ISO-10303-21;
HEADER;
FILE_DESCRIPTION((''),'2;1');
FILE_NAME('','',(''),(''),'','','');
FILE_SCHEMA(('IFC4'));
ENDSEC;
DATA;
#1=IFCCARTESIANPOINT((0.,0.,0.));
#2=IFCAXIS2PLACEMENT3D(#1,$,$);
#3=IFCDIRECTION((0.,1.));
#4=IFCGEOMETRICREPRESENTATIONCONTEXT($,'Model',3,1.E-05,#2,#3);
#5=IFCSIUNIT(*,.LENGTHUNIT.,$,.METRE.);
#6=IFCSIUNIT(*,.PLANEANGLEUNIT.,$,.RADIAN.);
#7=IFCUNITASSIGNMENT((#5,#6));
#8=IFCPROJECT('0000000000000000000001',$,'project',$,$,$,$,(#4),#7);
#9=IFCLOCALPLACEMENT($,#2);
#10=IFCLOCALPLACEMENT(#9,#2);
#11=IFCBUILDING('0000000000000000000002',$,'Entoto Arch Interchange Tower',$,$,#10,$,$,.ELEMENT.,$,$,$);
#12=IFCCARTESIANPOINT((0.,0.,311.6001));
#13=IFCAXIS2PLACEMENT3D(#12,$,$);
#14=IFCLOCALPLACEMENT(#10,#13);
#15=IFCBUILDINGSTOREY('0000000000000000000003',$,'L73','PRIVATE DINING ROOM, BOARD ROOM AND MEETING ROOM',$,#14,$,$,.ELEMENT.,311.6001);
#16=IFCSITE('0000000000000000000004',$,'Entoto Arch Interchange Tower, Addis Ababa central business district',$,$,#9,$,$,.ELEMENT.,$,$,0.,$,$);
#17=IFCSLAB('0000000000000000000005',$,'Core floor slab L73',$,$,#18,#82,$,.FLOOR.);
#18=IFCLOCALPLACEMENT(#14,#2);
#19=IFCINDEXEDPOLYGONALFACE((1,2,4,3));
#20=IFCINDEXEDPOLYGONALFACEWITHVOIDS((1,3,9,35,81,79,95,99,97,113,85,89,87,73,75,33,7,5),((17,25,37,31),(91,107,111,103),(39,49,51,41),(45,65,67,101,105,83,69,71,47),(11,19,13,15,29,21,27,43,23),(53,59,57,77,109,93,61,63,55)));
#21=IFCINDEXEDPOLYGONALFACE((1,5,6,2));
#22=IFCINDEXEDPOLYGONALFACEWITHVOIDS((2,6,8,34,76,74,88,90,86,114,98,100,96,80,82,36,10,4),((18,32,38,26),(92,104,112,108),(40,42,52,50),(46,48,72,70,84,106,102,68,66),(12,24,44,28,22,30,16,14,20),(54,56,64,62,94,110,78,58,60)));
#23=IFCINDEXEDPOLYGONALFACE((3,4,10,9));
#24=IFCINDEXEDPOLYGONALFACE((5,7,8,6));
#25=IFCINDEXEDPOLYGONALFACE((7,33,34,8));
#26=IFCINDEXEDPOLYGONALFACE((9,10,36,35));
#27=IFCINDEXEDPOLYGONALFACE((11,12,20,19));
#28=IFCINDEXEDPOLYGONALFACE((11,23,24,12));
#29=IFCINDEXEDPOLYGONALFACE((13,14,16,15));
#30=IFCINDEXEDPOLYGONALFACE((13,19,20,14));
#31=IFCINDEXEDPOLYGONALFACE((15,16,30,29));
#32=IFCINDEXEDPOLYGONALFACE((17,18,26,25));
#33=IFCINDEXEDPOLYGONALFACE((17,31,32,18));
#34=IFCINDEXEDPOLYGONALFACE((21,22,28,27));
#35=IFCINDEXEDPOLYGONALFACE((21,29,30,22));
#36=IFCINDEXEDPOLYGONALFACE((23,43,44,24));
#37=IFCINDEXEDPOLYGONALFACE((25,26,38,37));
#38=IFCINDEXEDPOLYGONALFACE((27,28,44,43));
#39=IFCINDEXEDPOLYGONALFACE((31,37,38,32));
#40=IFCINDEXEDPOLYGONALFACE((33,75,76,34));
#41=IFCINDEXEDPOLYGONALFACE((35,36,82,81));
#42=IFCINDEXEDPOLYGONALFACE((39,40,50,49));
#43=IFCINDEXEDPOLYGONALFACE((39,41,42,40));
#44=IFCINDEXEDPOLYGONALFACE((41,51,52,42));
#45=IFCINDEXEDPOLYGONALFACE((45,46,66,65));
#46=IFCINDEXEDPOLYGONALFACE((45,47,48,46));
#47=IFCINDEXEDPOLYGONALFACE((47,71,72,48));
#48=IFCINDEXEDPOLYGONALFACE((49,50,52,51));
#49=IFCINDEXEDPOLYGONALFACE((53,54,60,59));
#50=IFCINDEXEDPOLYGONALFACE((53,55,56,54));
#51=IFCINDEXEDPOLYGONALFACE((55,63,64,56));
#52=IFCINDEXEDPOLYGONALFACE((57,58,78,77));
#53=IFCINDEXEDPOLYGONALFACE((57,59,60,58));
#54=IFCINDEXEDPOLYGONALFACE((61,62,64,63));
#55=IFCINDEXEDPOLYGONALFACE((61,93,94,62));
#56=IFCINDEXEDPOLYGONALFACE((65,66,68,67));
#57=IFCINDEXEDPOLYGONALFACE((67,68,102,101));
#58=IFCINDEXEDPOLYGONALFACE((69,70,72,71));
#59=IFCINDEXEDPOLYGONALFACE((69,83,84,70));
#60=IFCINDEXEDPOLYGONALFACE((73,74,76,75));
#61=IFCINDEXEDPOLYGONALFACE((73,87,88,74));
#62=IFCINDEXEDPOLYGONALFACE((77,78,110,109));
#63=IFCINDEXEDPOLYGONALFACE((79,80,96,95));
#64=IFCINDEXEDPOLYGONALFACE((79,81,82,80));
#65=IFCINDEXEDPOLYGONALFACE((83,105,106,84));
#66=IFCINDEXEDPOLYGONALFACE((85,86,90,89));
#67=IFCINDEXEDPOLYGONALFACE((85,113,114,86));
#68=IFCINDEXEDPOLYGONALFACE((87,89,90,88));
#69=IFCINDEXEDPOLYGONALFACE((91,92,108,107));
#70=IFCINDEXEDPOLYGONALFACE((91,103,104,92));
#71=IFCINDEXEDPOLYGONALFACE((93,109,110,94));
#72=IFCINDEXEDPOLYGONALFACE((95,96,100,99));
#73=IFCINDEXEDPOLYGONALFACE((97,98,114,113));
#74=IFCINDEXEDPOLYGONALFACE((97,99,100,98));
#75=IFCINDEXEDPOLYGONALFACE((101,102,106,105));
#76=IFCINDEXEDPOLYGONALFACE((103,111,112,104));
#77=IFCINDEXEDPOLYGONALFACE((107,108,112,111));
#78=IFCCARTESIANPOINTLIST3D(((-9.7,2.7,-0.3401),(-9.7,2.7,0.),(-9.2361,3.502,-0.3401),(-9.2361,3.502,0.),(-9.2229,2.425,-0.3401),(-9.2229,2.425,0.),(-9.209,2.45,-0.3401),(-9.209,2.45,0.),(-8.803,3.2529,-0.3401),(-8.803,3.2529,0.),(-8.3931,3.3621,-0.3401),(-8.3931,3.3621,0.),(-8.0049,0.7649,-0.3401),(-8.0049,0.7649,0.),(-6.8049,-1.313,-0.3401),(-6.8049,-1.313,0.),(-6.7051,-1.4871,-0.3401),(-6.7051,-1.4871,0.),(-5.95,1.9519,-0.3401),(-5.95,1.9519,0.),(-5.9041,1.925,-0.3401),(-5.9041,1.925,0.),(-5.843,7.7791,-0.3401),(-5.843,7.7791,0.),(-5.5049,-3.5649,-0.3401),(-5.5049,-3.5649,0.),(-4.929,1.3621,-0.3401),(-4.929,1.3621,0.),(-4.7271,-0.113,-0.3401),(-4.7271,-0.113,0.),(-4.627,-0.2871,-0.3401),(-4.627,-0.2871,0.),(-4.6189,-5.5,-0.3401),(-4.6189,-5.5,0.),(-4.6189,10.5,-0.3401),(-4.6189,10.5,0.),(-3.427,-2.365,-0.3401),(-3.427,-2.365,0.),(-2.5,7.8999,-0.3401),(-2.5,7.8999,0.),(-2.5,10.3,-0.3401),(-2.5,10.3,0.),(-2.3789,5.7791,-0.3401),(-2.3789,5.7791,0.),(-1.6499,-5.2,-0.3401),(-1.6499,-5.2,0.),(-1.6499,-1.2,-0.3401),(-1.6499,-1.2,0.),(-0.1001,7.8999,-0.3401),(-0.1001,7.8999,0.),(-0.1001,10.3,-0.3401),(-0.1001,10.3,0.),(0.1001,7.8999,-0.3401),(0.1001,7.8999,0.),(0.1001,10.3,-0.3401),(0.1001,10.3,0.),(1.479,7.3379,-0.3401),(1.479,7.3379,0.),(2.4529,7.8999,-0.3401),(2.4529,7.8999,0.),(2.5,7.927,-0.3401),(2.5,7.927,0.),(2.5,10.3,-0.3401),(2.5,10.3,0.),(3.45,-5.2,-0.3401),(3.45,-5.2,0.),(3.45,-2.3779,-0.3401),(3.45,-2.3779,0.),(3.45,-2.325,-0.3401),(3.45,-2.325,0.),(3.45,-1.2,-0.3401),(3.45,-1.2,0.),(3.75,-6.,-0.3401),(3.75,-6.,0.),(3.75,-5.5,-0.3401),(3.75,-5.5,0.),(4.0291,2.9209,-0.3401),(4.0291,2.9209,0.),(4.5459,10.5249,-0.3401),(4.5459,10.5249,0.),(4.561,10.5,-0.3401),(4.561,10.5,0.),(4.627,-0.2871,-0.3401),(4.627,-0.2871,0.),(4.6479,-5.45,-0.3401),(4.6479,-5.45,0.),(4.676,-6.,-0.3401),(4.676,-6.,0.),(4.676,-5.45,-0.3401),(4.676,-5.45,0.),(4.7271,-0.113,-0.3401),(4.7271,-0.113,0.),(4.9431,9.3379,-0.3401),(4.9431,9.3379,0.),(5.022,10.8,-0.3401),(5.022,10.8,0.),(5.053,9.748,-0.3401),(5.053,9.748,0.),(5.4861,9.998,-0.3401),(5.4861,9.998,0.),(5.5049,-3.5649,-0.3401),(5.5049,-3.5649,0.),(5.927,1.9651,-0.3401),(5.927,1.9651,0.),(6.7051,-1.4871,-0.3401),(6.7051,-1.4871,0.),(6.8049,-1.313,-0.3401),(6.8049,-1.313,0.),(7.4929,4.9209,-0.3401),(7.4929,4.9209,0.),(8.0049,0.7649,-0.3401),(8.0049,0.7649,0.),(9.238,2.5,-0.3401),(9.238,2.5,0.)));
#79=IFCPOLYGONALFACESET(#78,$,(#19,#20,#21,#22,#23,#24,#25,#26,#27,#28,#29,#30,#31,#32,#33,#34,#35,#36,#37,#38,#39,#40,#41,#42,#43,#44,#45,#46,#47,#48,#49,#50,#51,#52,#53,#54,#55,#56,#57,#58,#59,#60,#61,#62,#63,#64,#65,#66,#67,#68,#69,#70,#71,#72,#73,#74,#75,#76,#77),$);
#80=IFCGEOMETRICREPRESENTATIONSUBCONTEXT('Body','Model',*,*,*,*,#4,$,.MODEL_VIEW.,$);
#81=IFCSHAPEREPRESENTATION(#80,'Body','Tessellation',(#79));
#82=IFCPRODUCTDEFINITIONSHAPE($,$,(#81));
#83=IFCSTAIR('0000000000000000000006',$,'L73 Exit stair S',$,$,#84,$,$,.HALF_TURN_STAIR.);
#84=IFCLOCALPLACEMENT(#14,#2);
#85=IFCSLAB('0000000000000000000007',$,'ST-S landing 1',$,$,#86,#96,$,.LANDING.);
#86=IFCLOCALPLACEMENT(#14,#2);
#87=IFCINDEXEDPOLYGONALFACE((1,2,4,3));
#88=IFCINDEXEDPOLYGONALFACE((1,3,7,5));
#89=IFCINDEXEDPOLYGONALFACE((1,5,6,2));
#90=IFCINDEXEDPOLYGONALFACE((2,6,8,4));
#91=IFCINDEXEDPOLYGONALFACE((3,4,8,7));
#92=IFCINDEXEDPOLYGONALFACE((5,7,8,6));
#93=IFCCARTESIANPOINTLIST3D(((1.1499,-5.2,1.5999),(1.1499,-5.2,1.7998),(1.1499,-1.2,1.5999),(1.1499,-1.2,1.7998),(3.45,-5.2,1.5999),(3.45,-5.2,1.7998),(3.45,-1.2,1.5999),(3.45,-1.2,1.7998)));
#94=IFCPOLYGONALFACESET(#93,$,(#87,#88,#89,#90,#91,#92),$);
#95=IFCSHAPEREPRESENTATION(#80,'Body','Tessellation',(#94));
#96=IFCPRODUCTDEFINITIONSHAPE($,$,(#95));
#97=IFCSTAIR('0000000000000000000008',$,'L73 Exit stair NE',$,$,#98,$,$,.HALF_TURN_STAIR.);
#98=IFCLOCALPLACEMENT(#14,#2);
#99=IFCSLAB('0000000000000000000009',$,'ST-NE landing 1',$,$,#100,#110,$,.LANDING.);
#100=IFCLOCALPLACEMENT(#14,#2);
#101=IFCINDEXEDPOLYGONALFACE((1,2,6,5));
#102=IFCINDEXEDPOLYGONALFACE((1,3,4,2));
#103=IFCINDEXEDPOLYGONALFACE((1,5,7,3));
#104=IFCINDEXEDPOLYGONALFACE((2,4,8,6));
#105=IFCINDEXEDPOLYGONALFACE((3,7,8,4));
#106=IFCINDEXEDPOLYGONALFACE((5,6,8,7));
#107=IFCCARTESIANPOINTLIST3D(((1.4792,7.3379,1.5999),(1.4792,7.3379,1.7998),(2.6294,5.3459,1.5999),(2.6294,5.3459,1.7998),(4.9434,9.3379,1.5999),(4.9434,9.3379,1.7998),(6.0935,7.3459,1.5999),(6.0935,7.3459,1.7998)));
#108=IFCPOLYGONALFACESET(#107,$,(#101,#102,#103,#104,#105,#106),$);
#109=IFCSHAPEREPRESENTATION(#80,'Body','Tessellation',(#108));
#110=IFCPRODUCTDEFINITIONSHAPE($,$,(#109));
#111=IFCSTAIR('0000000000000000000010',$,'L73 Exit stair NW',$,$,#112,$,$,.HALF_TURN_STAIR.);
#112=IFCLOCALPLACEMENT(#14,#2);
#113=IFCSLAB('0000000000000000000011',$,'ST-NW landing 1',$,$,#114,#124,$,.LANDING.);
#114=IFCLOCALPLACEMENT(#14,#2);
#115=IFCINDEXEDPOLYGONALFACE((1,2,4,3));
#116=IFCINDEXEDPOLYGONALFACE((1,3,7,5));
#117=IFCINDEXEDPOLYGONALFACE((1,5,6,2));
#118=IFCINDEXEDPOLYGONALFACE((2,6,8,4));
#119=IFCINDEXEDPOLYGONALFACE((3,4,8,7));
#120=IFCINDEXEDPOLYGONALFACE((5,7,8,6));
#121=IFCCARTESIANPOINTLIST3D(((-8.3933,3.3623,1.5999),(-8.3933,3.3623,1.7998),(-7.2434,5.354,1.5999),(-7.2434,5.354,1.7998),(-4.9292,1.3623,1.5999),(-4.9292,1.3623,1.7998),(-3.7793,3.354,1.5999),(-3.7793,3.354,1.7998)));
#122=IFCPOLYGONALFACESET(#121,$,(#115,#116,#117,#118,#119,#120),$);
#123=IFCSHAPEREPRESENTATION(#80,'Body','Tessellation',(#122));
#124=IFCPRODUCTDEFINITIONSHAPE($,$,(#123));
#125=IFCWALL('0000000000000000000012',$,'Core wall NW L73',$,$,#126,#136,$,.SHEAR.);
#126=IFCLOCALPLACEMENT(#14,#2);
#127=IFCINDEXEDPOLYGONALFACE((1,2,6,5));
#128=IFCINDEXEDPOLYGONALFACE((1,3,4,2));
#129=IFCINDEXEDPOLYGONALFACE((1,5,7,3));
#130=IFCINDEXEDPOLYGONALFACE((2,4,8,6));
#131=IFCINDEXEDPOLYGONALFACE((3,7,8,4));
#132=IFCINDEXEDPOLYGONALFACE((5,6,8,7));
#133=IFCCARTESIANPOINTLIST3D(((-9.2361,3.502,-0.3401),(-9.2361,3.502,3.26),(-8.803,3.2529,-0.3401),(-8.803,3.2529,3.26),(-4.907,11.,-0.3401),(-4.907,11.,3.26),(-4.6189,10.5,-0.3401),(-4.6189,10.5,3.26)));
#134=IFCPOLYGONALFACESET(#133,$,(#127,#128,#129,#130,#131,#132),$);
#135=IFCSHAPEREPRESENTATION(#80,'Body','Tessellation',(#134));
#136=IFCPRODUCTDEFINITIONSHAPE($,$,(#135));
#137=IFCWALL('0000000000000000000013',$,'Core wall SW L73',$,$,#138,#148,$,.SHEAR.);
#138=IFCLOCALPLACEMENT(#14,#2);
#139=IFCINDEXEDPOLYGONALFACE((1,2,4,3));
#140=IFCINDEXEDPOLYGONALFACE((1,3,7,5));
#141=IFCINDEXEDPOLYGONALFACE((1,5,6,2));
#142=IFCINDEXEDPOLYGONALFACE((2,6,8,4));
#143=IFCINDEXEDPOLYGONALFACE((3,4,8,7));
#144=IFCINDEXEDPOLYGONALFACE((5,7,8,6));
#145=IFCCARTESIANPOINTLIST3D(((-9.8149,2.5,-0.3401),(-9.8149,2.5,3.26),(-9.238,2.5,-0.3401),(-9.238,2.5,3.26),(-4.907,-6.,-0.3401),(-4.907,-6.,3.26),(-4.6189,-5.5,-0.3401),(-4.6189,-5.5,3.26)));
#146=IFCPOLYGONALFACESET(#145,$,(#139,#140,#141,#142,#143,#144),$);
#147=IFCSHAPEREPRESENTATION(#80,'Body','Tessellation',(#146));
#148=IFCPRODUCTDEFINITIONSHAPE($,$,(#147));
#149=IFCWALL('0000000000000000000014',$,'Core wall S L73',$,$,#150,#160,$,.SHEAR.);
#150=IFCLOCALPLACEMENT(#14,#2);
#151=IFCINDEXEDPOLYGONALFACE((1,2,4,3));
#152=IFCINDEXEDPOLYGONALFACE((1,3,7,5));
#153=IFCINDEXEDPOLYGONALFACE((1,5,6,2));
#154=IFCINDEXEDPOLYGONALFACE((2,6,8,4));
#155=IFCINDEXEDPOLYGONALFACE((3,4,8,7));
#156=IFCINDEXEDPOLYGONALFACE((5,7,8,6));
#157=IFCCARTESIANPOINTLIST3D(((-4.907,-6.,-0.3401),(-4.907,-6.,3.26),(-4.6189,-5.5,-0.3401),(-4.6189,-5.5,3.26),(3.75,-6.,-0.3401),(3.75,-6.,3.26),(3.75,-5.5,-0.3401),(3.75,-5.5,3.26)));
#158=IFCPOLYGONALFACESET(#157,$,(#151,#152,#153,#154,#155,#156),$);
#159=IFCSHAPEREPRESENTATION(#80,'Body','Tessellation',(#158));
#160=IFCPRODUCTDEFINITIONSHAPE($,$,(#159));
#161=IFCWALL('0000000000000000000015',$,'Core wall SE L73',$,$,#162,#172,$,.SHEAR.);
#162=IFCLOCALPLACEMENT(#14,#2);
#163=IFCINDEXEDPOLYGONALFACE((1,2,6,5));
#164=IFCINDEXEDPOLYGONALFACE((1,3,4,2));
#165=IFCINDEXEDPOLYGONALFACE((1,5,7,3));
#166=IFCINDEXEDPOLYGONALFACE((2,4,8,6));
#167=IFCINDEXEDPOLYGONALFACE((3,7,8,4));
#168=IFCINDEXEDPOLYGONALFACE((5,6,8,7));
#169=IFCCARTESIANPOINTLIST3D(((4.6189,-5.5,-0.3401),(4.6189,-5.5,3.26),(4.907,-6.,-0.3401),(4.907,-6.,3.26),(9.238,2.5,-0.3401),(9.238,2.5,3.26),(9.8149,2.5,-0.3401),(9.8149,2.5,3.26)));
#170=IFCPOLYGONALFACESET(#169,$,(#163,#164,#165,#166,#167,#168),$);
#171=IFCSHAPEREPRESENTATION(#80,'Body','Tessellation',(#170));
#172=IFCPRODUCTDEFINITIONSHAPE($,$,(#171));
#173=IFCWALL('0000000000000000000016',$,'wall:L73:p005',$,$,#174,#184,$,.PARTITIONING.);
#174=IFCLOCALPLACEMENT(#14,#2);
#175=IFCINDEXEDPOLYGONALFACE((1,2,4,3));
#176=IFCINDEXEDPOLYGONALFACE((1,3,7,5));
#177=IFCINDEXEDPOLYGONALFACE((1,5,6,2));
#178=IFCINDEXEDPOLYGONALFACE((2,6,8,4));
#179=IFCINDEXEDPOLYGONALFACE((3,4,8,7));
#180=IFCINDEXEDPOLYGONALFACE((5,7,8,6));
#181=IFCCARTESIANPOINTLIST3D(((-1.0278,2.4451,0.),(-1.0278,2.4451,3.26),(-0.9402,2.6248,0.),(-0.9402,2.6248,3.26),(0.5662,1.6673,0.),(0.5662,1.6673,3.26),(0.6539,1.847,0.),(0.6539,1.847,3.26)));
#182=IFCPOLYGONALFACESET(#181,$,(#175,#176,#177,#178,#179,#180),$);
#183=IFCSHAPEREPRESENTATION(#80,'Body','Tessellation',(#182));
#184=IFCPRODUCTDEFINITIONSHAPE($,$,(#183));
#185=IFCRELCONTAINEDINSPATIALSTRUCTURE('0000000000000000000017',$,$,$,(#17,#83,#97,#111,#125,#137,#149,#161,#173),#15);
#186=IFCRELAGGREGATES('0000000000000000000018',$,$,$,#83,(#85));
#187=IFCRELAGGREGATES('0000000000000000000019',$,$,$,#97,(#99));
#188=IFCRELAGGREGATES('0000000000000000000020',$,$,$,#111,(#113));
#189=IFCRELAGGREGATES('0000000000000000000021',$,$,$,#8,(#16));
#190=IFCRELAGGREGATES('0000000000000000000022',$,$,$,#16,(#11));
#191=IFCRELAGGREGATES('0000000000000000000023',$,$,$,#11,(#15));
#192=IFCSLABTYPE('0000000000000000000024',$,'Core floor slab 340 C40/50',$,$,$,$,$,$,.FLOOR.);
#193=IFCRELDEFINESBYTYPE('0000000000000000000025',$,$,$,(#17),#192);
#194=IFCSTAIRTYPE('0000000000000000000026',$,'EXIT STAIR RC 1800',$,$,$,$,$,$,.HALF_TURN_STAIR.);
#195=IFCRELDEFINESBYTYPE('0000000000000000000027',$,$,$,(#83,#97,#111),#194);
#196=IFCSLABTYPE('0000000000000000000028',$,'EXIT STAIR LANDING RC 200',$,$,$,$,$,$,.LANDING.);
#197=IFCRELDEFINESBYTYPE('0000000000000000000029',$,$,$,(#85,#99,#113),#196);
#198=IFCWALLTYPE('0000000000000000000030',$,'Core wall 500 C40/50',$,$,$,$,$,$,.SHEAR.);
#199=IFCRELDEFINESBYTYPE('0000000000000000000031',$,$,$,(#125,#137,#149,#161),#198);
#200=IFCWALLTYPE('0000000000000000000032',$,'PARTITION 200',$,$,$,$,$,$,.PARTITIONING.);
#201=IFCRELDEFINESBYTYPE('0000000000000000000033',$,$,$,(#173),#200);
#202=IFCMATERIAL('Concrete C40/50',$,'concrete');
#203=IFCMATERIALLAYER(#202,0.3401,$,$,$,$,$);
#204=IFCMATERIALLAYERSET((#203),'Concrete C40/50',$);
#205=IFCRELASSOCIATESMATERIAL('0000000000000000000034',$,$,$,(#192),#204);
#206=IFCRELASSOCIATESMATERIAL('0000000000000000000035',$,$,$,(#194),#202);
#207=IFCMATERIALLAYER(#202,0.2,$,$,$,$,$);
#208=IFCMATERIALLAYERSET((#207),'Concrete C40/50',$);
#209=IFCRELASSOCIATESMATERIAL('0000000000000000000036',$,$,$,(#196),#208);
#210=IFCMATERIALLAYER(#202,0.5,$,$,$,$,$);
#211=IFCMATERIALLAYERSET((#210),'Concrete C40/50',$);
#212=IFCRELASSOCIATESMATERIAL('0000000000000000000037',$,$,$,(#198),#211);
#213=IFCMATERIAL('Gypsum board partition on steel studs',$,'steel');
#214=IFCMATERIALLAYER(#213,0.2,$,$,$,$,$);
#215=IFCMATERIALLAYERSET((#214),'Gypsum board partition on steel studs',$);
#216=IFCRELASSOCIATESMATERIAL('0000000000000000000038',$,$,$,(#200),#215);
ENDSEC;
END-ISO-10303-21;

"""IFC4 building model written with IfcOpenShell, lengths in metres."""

from ifc_helpers import new_model, si_unit, direction, frame, frame_2d, origin, place, context, subcontext, project, spatial, polyline, rectangle, outline, extrude, material, layer, layer_set, type_object, element, aggregate, save


model = new_model("IFC4")

# Units and contexts
model_context = context("Model", 3, precision=1e-05, world=origin(), true_north=direction((0.0, 1.0)))
body_context = subcontext(model_context, "Body", "Model", "MODEL_VIEW")
ifc_project = project(units=[si_unit("LENGTHUNIT", "METRE"), si_unit("PLANEANGLEUNIT", "RADIAN")], contexts=[model_context])

# Site, building, storey
site_placement = place(None, origin())
site = spatial("IfcSite", under=ifc_project, at=site_placement, Name="Entoto Arch Interchange Tower, Addis Ababa central business district", CompositionType="ELEMENT", RefElevation=0.0)
building_placement = place(site_placement, origin())
building = spatial("IfcBuilding", under=site, at=building_placement, Name="Entoto Arch Interchange Tower", CompositionType="ELEMENT")
storey_placement = place(building_placement, frame((0.0, 0.0, 311.6001)))
storey = spatial("IfcBuildingStorey", under=building, at=storey_placement, Name="L73", Description="PRIVATE DINING ROOM, BOARD ROOM AND MEETING ROOM", CompositionType="ELEMENT", Elevation=311.6001)

# Slab
ifc_material_1 = material(Name="Concrete C40/50", Category="concrete")
ifc_layer_1 = layer(ifc_material_1, 0.3401)
ifc_layer_set_1 = layer_set([ifc_layer_1], Name="Concrete C40/50")
slab_type_1 = type_object("IfcSlabType", Name="Core floor slab 340 C40/50", PredefinedType="FLOOR", material=ifc_layer_set_1)
slab_1_placement = place(storey_placement, frame((0.0, 0.0, -0.3401)))
element("IfcSlab", 1, at=slab_1_placement, inside=storey, type_object=slab_type_1, Name="Core floor slab L73", PredefinedType="FLOOR", context=body_context, shape_type="SweptSolid", body=[
    extrude(outline(polyline([(-9.209, 2.45), (-9.2229, 2.425), (-9.7, 2.7), (-9.2361, 3.502), (-8.803, 3.2529), (-4.6189, 10.5), (4.561, 10.5), (4.5459, 10.5249), (5.022, 10.8), (5.4861, 9.998), (5.053, 9.748), (9.238, 2.5), (4.6479, -5.45), (4.676, -5.45), (4.676, -6.0), (3.75, -6.0), (3.75, -5.5), (-4.6189, -5.5), (-9.209, 2.45)]), holes=[polyline([(-1.6499, -5.2), (3.45, -5.2), (3.45, -2.3779), (5.5049, -3.5649), (6.7051, -1.4871), (4.627, -0.2871), (3.45, -2.325), (3.45, -1.2), (-1.6499, -1.2), (-1.6499, -5.2)]), polyline([(-4.627, -0.2871), (-6.7051, -1.4871), (-5.5049, -3.5649), (-3.427, -2.365), (-4.627, -0.2871)]), polyline([(-5.9041, 1.925), (-4.929, 1.3621), (-2.3789, 5.7791), (-5.843, 7.7791), (-8.3931, 3.3621), (-5.95, 1.9519), (-8.0049, 0.7649), (-6.8049, -1.313), (-4.7271, -0.113), (-5.9041, 1.925)]), polyline([(4.7271, -0.113), (6.8049, -1.313), (8.0049, 0.7649), (5.927, 1.9651), (4.7271, -0.113)]), polyline([(2.5, 7.927), (2.5, 10.3), (0.1001, 10.3), (0.1001, 7.8999), (2.4529, 7.8999), (1.479, 7.3379), (4.0291, 2.9209), (7.4929, 4.9209), (4.9431, 9.3379), (2.5, 7.927)]), polyline([(-2.5, 7.8999), (-0.1001, 7.8999), (-0.1001, 10.3), (-2.5, 10.3), (-2.5, 7.8999)])]), origin(), (0.0, 0.0, 1.0), 0.3401),
])

# Stairs, slabs
stair_type = type_object("IfcStairType", Name="EXIT STAIR RC 1800", PredefinedType="HALF_TURN_STAIR", material=ifc_material_1)
stair_1_placement = place(storey_placement, origin())
stair_1 = element("IfcStair", 2, at=stair_1_placement, inside=storey, type_object=stair_type, Name="L73 Exit stair S", PredefinedType="HALF_TURN_STAIR")
ifc_layer_2 = layer(ifc_material_1, 0.2)
ifc_layer_set_2 = layer_set([ifc_layer_2], Name="Concrete C40/50")
slab_type_2 = type_object("IfcSlabType", Name="EXIT STAIR LANDING RC 200", PredefinedType="LANDING", material=ifc_layer_set_2)
slab_2_placement = place(storey_placement, frame((0.0, 0.0, 1.5999)))
slab_2 = element("IfcSlab", 3, at=slab_2_placement, type_object=slab_type_2, Name="ST-S landing 1", PredefinedType="LANDING", context=body_context, shape_type="SweptSolid", body=[
    extrude(outline(polyline([(1.1499, -5.2), (3.45, -5.2), (3.45, -1.2), (1.1499, -1.2), (1.1499, -5.2)])), origin(), (0.0, 0.0, 1.0), 0.2),
])
aggregate(stair_1, [slab_2])
stair_2_placement = place(storey_placement, origin())
stair_2 = element("IfcStair", 4, at=stair_2_placement, inside=storey, type_object=stair_type, Name="L73 Exit stair NE", PredefinedType="HALF_TURN_STAIR")
slab_3_placement = place(storey_placement, frame((0.0, 0.0, 1.5999)))
slab_3 = element("IfcSlab", 5, at=slab_3_placement, type_object=slab_type_2, Name="ST-NE landing 1", PredefinedType="LANDING", context=body_context, shape_type="SweptSolid", body=[
    extrude(outline(polyline([(6.0935, 7.3459), (4.9434, 9.3379), (1.4792, 7.3379), (2.6294, 5.3459), (6.0935, 7.3459)])), origin(), (0.0, 0.0, 1.0), 0.2),
])
aggregate(stair_2, [slab_3])
stair_3_placement = place(storey_placement, origin())
stair_3 = element("IfcStair", 6, at=stair_3_placement, inside=storey, type_object=stair_type, Name="L73 Exit stair NW", PredefinedType="HALF_TURN_STAIR")
slab_4_placement = place(storey_placement, frame((0.0, 0.0, 1.5999)))
slab_4 = element("IfcSlab", 7, at=slab_4_placement, type_object=slab_type_2, Name="ST-NW landing 1", PredefinedType="LANDING", context=body_context, shape_type="SweptSolid", body=[
    extrude(outline(polyline([(-7.2434, 5.354), (-8.3933, 3.3623), (-4.9292, 1.3623), (-3.7793, 3.354), (-7.2434, 5.354)])), origin(), (0.0, 0.0, 1.0), 0.2),
])

# Walls
ifc_layer_3 = layer(ifc_material_1, 0.5)
ifc_layer_set_3 = layer_set([ifc_layer_3], Name="Concrete C40/50")
wall_type_1 = type_object("IfcWallType", Name="Core wall 500 C40/50", PredefinedType="SHEAR", material=ifc_layer_set_3)
wall_1_placement = place(storey_placement, frame((0.0, 0.0, -0.3401)))
element("IfcWall", 8, at=wall_1_placement, inside=storey, type_object=wall_type_1, Name="Core wall NW L73", PredefinedType="SHEAR", context=body_context, shape_type="SweptSolid", body=[
    extrude(outline(polyline([(-9.2361, 3.502), (-8.803, 3.2529), (-4.6189, 10.5), (-4.907, 11.0), (-9.2361, 3.502)])), origin(), (0.0, 0.0, 1.0), 3.6001),
])
wall_2_placement = place(storey_placement, frame((0.0, 0.0, -0.3401)))
element("IfcWall", 9, at=wall_2_placement, inside=storey, type_object=wall_type_1, Name="Core wall SW L73", PredefinedType="SHEAR", context=body_context, shape_type="SweptSolid", body=[
    extrude(outline(polyline([(-9.8149, 2.5), (-4.907, -6.0), (-4.6189, -5.5), (-9.238, 2.5), (-9.8149, 2.5)])), origin(), (0.0, 0.0, 1.0), 3.6001),
])
wall_3_placement = place(storey_placement, frame((0.0, 0.0, -0.3401)))
element("IfcWall", 10, at=wall_3_placement, inside=storey, type_object=wall_type_1, Name="Core wall S L73", PredefinedType="SHEAR", context=body_context, shape_type="SweptSolid", body=[
    extrude(outline(polyline([(3.75, -6.0), (3.75, -5.5), (-4.6189, -5.5), (-4.907, -6.0), (3.75, -6.0)])), origin(), (0.0, 0.0, 1.0), 3.6001),
])
wall_4_placement = place(storey_placement, frame((0.0, 0.0, -0.3401)))
element("IfcWall", 11, at=wall_4_placement, inside=storey, type_object=wall_type_1, Name="Core wall SE L73", PredefinedType="SHEAR", context=body_context, shape_type="SweptSolid", body=[
    extrude(outline(polyline([(4.907, -6.0), (9.8149, 2.5), (9.238, 2.5), (4.6189, -5.5), (4.907, -6.0)])), origin(), (0.0, 0.0, 1.0), 3.6001),
])
ifc_material_2 = material(Name="Gypsum board partition on steel studs", Category="steel")
ifc_layer_4 = layer(ifc_material_2, 0.2)
ifc_layer_set_4 = layer_set([ifc_layer_4], Name="Gypsum board partition on steel studs")
wall_type_2 = type_object("IfcWallType", Name="PARTITION 200", PredefinedType="PARTITIONING", material=ifc_layer_set_4)
wall_5_placement = place(storey_placement, frame((-0.9839, 2.5349, 0.0), z_axis=(0.0, 0.0, 1.0), x_axis=(0.898708, -0.438548, 0.0)))
element("IfcWall", 12, at=wall_5_placement, inside=storey, type_object=wall_type_2, Name="wall:L73:p005", PredefinedType="PARTITIONING", context=body_context, shape_type="SweptSolid", body=[
    extrude(rectangle(XDim=1.7737, YDim=0.2, at=frame_2d((0.8867, 0.0))), origin(), (0.0, 0.0, 1.0), 3.26),
])

aggregate(stair_3, [slab_4])

save(model, "model.ifc")
